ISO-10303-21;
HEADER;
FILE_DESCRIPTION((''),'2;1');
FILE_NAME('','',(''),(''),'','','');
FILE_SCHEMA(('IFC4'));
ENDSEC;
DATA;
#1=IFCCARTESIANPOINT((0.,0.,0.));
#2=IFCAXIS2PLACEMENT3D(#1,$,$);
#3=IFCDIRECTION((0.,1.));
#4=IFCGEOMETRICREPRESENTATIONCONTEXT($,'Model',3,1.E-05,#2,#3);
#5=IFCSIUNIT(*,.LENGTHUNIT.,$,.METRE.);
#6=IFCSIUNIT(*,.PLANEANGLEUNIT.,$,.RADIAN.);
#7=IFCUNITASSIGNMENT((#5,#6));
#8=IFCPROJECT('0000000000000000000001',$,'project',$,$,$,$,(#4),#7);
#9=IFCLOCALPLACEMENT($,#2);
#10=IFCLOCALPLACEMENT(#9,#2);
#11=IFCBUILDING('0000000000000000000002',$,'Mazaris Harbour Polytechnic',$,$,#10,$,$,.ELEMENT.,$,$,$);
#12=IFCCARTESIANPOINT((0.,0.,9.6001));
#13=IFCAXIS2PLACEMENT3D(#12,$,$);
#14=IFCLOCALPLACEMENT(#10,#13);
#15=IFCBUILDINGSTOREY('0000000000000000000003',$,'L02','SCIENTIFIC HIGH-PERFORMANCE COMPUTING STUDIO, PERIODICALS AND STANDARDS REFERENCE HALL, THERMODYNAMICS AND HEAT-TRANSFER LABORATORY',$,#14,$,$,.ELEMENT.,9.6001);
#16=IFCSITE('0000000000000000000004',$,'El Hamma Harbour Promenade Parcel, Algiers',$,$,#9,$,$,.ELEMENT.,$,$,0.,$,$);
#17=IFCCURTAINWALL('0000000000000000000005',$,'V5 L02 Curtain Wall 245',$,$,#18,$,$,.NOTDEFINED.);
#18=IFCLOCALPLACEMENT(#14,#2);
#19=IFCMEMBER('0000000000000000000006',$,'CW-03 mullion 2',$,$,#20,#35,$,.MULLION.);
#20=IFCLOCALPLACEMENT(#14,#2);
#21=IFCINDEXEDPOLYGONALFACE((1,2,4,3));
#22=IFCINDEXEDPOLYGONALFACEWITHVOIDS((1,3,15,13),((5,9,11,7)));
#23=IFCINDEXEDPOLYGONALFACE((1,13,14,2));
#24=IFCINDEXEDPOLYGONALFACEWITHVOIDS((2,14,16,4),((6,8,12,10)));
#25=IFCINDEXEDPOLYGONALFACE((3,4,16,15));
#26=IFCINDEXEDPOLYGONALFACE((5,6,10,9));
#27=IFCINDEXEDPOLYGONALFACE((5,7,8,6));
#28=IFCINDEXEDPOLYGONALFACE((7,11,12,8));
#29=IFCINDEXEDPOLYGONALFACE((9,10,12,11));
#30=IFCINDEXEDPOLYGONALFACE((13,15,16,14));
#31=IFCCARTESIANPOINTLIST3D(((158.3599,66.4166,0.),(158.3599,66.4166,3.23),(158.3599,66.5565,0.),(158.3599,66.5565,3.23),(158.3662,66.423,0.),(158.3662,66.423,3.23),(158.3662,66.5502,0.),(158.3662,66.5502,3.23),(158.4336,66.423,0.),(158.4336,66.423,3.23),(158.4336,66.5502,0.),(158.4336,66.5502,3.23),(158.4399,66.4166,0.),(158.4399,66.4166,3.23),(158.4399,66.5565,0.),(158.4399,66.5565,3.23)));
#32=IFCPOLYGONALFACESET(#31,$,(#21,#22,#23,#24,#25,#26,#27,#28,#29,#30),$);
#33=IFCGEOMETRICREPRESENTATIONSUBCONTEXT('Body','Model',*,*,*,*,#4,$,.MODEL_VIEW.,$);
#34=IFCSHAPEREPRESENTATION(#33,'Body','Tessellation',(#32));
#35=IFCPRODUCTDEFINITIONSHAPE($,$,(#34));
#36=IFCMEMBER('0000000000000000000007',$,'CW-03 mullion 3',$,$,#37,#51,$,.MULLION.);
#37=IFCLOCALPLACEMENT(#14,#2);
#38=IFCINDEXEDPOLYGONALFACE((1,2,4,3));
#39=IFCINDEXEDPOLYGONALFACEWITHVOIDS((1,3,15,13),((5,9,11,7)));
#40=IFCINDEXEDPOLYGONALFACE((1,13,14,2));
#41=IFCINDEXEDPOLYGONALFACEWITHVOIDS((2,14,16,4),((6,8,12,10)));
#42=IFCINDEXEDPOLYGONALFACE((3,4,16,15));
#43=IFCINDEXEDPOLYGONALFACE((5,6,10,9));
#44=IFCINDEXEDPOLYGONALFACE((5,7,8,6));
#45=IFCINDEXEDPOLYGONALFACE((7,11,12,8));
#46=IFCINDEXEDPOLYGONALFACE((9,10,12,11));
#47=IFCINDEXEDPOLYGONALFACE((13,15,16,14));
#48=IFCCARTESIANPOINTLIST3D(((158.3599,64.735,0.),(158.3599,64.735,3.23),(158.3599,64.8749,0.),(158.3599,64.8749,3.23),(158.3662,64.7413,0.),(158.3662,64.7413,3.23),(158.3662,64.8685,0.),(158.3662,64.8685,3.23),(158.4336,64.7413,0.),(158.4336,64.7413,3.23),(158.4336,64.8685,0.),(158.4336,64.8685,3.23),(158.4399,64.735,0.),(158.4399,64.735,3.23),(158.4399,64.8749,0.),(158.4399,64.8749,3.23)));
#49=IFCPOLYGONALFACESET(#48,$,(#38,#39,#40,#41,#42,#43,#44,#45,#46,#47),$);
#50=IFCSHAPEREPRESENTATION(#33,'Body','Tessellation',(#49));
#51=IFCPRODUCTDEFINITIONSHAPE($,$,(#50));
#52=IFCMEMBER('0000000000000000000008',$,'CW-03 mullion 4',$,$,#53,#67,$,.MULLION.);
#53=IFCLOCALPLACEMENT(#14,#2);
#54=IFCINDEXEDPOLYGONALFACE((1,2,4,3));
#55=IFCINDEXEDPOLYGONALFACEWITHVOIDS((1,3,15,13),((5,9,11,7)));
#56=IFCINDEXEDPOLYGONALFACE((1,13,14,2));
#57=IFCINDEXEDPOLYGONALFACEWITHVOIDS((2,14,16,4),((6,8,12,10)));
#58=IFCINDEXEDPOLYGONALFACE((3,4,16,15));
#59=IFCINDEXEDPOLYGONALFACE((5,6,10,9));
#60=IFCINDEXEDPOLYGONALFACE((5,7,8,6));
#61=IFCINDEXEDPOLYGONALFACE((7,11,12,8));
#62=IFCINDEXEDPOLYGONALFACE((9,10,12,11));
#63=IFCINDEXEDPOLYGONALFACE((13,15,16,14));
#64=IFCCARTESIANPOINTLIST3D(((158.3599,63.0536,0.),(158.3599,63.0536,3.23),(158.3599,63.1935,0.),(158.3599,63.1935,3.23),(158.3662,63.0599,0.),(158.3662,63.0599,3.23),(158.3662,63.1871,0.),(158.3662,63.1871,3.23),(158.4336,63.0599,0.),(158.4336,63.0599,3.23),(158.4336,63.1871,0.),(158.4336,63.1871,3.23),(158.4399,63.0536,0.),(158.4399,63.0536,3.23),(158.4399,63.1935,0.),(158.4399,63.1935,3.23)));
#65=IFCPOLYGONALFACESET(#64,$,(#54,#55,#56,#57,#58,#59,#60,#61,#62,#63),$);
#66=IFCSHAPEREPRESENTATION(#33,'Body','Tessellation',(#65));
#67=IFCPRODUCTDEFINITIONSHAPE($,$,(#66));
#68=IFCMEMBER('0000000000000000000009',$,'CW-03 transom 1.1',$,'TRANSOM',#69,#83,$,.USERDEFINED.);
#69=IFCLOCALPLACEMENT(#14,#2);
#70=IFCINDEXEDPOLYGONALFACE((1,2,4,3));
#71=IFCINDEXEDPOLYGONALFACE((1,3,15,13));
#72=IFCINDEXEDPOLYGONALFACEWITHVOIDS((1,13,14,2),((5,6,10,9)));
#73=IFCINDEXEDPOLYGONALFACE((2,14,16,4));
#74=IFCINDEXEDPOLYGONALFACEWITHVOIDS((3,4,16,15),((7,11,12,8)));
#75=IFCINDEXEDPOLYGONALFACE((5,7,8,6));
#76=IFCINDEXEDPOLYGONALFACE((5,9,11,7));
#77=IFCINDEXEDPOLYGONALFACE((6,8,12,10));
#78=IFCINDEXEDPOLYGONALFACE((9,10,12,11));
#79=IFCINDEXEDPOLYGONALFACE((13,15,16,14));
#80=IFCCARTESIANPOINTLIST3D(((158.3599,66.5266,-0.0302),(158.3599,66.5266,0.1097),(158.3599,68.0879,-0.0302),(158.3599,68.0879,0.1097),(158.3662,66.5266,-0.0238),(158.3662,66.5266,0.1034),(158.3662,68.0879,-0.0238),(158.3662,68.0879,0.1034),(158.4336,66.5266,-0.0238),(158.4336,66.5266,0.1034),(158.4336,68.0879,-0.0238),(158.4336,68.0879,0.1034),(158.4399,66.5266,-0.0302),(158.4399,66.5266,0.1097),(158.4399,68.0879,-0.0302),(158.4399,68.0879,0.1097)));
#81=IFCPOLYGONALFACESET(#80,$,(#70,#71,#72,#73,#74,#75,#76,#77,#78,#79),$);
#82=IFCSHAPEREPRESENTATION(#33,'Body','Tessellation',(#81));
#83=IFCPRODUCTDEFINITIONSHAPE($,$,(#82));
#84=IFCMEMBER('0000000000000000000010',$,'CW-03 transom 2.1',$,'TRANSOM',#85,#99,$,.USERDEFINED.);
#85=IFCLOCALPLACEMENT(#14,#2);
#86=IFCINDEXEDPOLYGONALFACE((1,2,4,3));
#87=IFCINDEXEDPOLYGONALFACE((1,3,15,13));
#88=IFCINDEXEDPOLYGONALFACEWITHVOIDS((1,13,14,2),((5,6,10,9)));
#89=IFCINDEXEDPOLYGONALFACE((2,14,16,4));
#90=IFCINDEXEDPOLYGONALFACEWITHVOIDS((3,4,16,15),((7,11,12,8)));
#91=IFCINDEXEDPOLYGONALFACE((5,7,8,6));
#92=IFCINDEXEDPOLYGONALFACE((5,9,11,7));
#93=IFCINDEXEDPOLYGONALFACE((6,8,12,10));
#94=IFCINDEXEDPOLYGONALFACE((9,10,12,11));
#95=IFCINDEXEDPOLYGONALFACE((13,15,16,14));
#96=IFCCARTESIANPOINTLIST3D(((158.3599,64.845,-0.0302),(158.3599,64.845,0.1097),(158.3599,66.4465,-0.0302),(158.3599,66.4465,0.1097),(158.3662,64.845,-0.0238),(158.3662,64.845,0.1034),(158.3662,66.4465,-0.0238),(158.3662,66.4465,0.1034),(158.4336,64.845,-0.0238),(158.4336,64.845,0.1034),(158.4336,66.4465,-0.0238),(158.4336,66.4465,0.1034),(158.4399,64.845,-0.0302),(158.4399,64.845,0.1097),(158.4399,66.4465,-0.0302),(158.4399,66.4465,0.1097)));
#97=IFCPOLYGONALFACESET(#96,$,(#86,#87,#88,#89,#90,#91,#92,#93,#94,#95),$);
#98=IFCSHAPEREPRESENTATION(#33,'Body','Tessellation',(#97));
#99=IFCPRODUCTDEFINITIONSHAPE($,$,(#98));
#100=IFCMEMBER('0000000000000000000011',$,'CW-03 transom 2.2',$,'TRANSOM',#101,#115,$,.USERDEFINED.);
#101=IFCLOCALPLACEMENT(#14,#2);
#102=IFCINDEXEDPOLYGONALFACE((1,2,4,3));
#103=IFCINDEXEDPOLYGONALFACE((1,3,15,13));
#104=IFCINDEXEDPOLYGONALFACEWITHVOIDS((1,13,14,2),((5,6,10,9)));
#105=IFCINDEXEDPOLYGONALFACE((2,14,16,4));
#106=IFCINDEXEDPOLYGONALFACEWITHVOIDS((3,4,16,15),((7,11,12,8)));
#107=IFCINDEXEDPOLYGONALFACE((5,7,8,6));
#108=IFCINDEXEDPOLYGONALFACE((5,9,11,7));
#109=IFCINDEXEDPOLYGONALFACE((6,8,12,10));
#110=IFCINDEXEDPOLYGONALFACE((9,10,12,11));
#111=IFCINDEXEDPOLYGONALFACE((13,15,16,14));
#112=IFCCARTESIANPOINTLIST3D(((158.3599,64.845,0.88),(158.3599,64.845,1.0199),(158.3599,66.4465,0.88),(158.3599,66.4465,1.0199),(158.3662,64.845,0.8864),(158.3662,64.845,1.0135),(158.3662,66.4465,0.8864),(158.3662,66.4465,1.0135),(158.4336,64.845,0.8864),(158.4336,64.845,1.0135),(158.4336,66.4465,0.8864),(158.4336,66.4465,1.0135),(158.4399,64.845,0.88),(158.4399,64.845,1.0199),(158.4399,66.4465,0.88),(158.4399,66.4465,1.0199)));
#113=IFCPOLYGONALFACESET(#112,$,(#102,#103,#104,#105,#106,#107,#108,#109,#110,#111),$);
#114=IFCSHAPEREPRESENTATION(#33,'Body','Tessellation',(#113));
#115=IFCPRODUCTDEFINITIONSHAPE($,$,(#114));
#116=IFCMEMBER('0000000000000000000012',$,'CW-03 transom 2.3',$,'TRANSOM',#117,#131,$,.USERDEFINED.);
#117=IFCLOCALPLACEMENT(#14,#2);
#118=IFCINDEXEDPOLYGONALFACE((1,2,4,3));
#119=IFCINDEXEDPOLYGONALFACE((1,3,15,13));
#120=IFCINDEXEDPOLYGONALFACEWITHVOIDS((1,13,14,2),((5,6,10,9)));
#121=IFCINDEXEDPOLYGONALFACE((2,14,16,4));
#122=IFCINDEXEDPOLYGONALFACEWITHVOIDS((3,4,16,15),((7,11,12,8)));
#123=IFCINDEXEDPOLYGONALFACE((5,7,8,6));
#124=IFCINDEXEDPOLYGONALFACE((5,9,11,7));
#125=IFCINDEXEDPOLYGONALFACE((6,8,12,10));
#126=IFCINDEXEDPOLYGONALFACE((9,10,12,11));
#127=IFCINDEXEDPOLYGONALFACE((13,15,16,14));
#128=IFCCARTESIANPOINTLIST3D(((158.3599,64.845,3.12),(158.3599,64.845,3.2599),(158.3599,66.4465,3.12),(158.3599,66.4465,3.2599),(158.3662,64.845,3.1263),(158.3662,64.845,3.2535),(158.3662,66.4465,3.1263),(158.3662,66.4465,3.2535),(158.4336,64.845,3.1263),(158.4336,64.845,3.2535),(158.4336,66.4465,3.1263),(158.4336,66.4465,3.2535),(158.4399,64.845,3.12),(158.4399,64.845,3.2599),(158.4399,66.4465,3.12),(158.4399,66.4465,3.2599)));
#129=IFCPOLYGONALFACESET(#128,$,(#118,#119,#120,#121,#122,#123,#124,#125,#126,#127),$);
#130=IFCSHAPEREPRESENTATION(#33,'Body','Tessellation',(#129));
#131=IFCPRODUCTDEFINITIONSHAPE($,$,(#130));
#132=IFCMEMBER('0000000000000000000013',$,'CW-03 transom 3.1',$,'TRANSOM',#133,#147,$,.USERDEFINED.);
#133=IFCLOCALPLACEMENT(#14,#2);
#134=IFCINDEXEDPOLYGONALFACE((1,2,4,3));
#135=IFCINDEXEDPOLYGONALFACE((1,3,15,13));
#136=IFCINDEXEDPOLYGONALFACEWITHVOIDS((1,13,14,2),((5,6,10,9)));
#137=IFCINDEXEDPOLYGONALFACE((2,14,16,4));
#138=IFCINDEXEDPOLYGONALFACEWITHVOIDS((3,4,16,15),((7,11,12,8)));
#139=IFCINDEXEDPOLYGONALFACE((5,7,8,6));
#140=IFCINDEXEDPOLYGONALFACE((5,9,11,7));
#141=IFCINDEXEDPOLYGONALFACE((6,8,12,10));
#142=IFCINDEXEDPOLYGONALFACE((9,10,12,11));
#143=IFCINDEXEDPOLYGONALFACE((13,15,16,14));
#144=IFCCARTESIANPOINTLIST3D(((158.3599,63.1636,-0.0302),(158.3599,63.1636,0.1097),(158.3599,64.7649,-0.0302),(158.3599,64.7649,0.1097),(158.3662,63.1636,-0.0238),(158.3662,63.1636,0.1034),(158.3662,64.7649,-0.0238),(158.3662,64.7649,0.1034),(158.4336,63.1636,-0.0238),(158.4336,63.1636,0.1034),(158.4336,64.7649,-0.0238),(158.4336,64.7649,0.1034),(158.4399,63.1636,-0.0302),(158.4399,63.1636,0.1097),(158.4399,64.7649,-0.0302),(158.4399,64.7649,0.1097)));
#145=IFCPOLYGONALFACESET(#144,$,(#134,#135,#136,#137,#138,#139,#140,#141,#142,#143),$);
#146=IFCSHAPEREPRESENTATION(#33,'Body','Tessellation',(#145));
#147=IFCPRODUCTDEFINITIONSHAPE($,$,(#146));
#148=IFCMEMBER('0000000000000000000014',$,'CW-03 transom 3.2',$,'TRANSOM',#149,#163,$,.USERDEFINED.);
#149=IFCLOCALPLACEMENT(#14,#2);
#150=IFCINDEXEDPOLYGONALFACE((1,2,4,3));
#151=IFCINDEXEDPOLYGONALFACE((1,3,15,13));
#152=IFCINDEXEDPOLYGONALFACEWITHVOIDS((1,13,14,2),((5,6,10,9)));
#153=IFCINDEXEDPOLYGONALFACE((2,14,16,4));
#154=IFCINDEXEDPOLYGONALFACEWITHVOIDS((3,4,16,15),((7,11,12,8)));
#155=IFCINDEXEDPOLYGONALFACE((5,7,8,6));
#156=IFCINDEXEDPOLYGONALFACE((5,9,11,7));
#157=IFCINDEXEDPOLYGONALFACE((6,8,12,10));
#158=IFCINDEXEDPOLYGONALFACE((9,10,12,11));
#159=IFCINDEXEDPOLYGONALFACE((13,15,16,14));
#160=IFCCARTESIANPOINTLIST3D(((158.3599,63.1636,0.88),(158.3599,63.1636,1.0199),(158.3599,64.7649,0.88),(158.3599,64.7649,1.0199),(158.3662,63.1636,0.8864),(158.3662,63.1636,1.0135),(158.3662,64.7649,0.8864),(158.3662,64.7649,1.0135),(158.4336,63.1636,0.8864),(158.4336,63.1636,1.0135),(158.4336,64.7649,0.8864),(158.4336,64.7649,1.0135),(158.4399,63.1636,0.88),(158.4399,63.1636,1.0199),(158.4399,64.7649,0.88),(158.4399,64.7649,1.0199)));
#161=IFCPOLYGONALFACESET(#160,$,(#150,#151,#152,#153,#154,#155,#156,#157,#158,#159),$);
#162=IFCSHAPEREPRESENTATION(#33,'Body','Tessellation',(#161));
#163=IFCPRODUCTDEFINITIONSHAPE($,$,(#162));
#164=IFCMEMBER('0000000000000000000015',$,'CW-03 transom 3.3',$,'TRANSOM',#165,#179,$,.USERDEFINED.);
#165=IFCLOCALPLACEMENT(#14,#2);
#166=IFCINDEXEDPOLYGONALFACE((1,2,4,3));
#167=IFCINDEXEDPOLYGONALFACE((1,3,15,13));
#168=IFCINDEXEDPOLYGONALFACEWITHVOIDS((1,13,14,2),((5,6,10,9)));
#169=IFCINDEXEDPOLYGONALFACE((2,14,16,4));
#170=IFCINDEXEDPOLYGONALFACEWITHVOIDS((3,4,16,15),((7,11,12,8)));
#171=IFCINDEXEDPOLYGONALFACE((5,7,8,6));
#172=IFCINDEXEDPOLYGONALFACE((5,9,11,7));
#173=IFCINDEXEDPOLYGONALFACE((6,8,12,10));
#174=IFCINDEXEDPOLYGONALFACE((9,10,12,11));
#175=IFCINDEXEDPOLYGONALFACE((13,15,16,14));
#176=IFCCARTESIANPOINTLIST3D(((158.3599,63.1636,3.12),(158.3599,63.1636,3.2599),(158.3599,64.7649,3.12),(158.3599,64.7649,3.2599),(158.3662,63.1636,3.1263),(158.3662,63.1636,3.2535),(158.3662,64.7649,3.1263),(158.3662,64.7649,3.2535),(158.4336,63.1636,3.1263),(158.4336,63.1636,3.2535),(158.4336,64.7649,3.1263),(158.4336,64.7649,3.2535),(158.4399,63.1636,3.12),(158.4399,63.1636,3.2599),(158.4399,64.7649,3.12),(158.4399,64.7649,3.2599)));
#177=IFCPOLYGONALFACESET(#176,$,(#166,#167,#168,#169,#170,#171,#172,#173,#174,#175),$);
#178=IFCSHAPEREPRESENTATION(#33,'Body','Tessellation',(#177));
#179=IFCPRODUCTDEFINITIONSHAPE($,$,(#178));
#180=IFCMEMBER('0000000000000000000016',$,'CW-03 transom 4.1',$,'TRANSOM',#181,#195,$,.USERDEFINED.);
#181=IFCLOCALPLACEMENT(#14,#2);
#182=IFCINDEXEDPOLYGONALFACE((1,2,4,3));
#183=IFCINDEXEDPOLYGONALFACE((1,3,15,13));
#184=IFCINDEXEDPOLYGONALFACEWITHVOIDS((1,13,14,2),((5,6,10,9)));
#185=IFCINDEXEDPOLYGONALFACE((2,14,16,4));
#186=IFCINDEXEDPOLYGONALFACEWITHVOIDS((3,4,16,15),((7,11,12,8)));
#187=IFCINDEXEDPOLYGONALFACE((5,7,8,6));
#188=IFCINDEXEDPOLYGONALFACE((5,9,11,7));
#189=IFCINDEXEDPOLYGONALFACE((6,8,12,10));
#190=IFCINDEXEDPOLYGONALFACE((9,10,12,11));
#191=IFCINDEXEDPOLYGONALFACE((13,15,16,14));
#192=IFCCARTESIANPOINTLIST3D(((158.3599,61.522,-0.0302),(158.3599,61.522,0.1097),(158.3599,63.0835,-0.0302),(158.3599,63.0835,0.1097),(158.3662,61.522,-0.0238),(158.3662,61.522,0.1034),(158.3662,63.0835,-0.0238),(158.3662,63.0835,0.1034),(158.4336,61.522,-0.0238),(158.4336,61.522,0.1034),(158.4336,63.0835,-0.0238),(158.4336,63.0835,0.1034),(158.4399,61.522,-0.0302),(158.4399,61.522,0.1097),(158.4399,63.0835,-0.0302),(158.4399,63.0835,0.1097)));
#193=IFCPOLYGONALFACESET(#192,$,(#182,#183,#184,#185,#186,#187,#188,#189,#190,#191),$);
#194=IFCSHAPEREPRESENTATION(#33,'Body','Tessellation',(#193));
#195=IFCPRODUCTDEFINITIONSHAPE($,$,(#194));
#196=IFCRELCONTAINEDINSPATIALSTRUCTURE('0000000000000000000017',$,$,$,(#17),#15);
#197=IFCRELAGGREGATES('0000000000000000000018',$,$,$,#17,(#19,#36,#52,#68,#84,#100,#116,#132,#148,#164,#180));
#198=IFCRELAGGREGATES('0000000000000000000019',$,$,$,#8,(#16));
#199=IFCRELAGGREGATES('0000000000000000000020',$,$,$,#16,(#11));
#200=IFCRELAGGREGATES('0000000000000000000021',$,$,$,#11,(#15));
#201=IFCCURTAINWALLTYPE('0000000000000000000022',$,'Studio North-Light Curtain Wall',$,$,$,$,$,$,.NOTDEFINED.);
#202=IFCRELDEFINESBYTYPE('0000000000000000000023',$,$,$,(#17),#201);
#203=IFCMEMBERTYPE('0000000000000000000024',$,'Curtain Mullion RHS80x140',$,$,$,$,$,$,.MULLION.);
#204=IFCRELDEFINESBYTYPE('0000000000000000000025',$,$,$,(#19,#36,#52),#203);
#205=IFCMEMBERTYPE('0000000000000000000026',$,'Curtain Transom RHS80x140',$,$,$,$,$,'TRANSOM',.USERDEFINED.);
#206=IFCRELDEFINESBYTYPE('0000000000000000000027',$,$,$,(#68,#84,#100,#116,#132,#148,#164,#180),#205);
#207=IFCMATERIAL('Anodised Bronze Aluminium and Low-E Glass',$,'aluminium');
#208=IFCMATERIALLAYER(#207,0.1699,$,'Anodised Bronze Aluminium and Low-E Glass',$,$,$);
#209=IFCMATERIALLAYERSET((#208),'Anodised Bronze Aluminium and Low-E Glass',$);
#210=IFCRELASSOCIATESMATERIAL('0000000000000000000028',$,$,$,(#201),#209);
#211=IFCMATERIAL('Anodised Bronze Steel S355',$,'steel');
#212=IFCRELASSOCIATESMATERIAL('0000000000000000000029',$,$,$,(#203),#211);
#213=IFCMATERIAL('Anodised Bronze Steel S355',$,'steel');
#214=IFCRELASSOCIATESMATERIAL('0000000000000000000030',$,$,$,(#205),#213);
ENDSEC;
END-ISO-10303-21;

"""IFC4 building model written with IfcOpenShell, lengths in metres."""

from ifc_helpers import new_model, si_unit, direction, frame, origin, origin_2d, place, context, subcontext, project, spatial, hollow_rectangle, extrude, material, layer, layer_set, material_profile, profile_set, type_object, element, aggregate, save


model = new_model("IFC4")

# Units and contexts
model_context = context("Model", 3, precision=1e-05, world=origin(), true_north=direction((0.0, 1.0)))
body_context = subcontext(model_context, "Body", "Model", "MODEL_VIEW")
ifc_project = project(units=[si_unit("LENGTHUNIT", "METRE"), si_unit("PLANEANGLEUNIT", "RADIAN")], contexts=[model_context])

# Site, building, storey
site_placement = place(None, origin())
site = spatial("IfcSite", under=ifc_project, at=site_placement, Name="El Hamma Harbour Promenade Parcel, Algiers", CompositionType="ELEMENT", RefElevation=0.0)
building_placement = place(site_placement, origin())
building = spatial("IfcBuilding", under=site, at=building_placement, Name="Mazaris Harbour Polytechnic", CompositionType="ELEMENT")
storey_placement = place(building_placement, frame((0.0, 0.0, 9.6001)))
storey = spatial("IfcBuildingStorey", under=building, at=storey_placement, Name="L02", Description="SCIENTIFIC HIGH-PERFORMANCE COMPUTING STUDIO, PERIODICALS AND STANDARDS REFERENCE HALL, THERMODYNAMICS AND HEAT-TRANSFER LABORATORY", CompositionType="ELEMENT", Elevation=9.6001)

# Curtain wall, members
ifc_material_1 = material(Name="Anodised Bronze Aluminium and Low-E Glass", Category="aluminium")
ifc_layer_1 = layer(ifc_material_1, 0.1699, Name="Anodised Bronze Aluminium and Low-E Glass")
ifc_layer_set_1 = layer_set([ifc_layer_1], Name="Anodised Bronze Aluminium and Low-E Glass")
curtain_wall_type = type_object("IfcCurtainWallType", Name="Studio North-Light Curtain Wall", PredefinedType="NOTDEFINED", material=ifc_layer_set_1)
curtain_wall_placement = place(storey_placement, origin())
curtain_wall = element("IfcCurtainWall", 1, at=curtain_wall_placement, inside=storey, type_object=curtain_wall_type, Name="V5 L02 Curtain Wall 245", PredefinedType="NOTDEFINED")
ifc_material_2 = material(Name="Anodised Bronze Steel S355", Category="steel")
ifc_material_profile_1 = material_profile(ifc_material_2, hollow_rectangle(XDim=0.0801, YDim=0.1399, WallThickness=0.0063, at=origin_2d()), Name="RHS 80x140x6.3")
ifc_profile_set_1 = profile_set([ifc_material_profile_1], Name="Anodised Bronze Steel S355")
member_type_1 = type_object("IfcMemberType", Name="Curtain Mullion RHS80x140", PredefinedType="MULLION", material=ifc_profile_set_1)
member_1_placement = place(storey_placement, frame((158.3999, 66.4866, 0.0), z_axis=(0.0, 0.0, 1.0), x_axis=(1.0, 0.0, 0.0)))
member_1 = element("IfcMember", 2, at=member_1_placement, type_object=member_type_1, Name="CW-03 mullion 2", PredefinedType="MULLION", context=body_context, shape_type="SweptSolid", body=[
    extrude(hollow_rectangle(XDim=0.0801, YDim=0.1399, WallThickness=0.0063, at=origin_2d()), origin(), (0.0, 0.0, 1.0), 3.23),
])
member_2_placement = place(storey_placement, frame((158.3999, 64.8049, 0.0), z_axis=(0.0, 0.0, 1.0), x_axis=(1.0, 0.0, 0.0)))
member_2 = element("IfcMember", 3, at=member_2_placement, type_object=member_type_1, Name="CW-03 mullion 3", PredefinedType="MULLION", context=body_context, shape_type="SweptSolid", body=[
    extrude(hollow_rectangle(XDim=0.0801, YDim=0.1399, WallThickness=0.0063, at=origin_2d()), origin(), (0.0, 0.0, 1.0), 3.23),
])
member_3_placement = place(storey_placement, frame((158.3999, 63.1235, 0.0), z_axis=(0.0, 0.0, 1.0), x_axis=(1.0, 0.0, 0.0)))
member_3 = element("IfcMember", 4, at=member_3_placement, type_object=member_type_1, Name="CW-03 mullion 4", PredefinedType="MULLION", context=body_context, shape_type="SweptSolid", body=[
    extrude(hollow_rectangle(XDim=0.0801, YDim=0.1399, WallThickness=0.0063, at=origin_2d()), origin(), (0.0, 0.0, 1.0), 3.23),
])
ifc_material_3 = material(Name="Anodised Bronze Steel S355", Category="steel")
ifc_material_profile_2 = material_profile(ifc_material_3, hollow_rectangle(XDim=0.0801, YDim=0.1399, WallThickness=0.0063, at=origin_2d()), Name="RHS 80x140x6.3")
ifc_profile_set_2 = profile_set([ifc_material_profile_2], Name="Anodised Bronze Steel S355")
member_type_2 = type_object("IfcMemberType", Name="Curtain Transom RHS80x140", ElementType="TRANSOM", PredefinedType="USERDEFINED", material=ifc_profile_set_2)
member_4_placement = place(storey_placement, frame((158.3999, 68.0879, 0.0398), z_axis=(0.0, -1.0, 0.0), x_axis=(1.0, 0.0, 0.0)))
member_4 = element("IfcMember", 5, at=member_4_placement, type_object=member_type_2, Name="CW-03 transom 1.1", ObjectType="TRANSOM", PredefinedType="USERDEFINED", context=body_context, shape_type="SweptSolid", body=[
    extrude(hollow_rectangle(XDim=0.0801, YDim=0.1399, WallThickness=0.0063, at=origin_2d()), origin(), (0.0, 0.0, 1.0), 1.5613),
])
member_5_placement = place(storey_placement, frame((158.3999, 66.4465, 0.0398), z_axis=(0.0, -1.0, 0.0), x_axis=(1.0, 0.0, 0.0)))
member_5 = element("IfcMember", 6, at=member_5_placement, type_object=member_type_2, Name="CW-03 transom 2.1", ObjectType="TRANSOM", PredefinedType="USERDEFINED", context=body_context, shape_type="SweptSolid", body=[
    extrude(hollow_rectangle(XDim=0.0801, YDim=0.1399, WallThickness=0.0063, at=origin_2d()), origin(), (0.0, 0.0, 1.0), 1.6016),
])
member_6_placement = place(storey_placement, frame((158.3999, 66.4465, 0.95), z_axis=(0.0, -1.0, 0.0), x_axis=(1.0, 0.0, 0.0)))
member_6 = element("IfcMember", 7, at=member_6_placement, type_object=member_type_2, Name="CW-03 transom 2.2", ObjectType="TRANSOM", PredefinedType="USERDEFINED", context=body_context, shape_type="SweptSolid", body=[
    extrude(hollow_rectangle(XDim=0.0801, YDim=0.1399, WallThickness=0.0063, at=origin_2d()), origin(), (0.0, 0.0, 1.0), 1.6016),
])
member_7_placement = place(storey_placement, frame((158.3999, 66.4465, 3.1899), z_axis=(0.0, -1.0, 0.0), x_axis=(1.0, 0.0, 0.0)))
member_7 = element("IfcMember", 8, at=member_7_placement, type_object=member_type_2, Name="CW-03 transom 2.3", ObjectType="TRANSOM", PredefinedType="USERDEFINED", context=body_context, shape_type="SweptSolid", body=[
    extrude(hollow_rectangle(XDim=0.0801, YDim=0.1399, WallThickness=0.0063, at=origin_2d()), origin(), (0.0, 0.0, 1.0), 1.6016),
])
member_8_placement = place(storey_placement, frame((158.3999, 64.7649, 0.0398), z_axis=(0.0, -1.0, 0.0), x_axis=(1.0, 0.0, 0.0)))
member_8 = element("IfcMember", 9, at=member_8_placement, type_object=member_type_2, Name="CW-03 transom 3.1", ObjectType="TRANSOM", PredefinedType="USERDEFINED", context=body_context, shape_type="SweptSolid", body=[
    extrude(hollow_rectangle(XDim=0.0801, YDim=0.1399, WallThickness=0.0063, at=origin_2d()), origin(), (0.0, 0.0, 1.0), 1.6013),
])
member_9_placement = place(storey_placement, frame((158.3999, 64.7649, 0.95), z_axis=(0.0, -1.0, 0.0), x_axis=(1.0, 0.0, 0.0)))
member_9 = element("IfcMember", 10, at=member_9_placement, type_object=member_type_2, Name="CW-03 transom 3.2", ObjectType="TRANSOM", PredefinedType="USERDEFINED", context=body_context, shape_type="SweptSolid", body=[
    extrude(hollow_rectangle(XDim=0.0801, YDim=0.1399, WallThickness=0.0063, at=origin_2d()), origin(), (0.0, 0.0, 1.0), 1.6013),
])
member_10_placement = place(storey_placement, frame((158.3999, 64.7649, 3.1899), z_axis=(0.0, -1.0, 0.0), x_axis=(1.0, 0.0, 0.0)))
member_10 = element("IfcMember", 11, at=member_10_placement, type_object=member_type_2, Name="CW-03 transom 3.3", ObjectType="TRANSOM", PredefinedType="USERDEFINED", context=body_context, shape_type="SweptSolid", body=[
    extrude(hollow_rectangle(XDim=0.0801, YDim=0.1399, WallThickness=0.0063, at=origin_2d()), origin(), (0.0, 0.0, 1.0), 1.6013),
])
member_11_placement = place(storey_placement, frame((158.3999, 63.0835, 0.0398), z_axis=(0.0, -1.0, 0.0), x_axis=(1.0, 0.0, 0.0)))
member_11 = element("IfcMember", 12, at=member_11_placement, type_object=member_type_2, Name="CW-03 transom 4.1", ObjectType="TRANSOM", PredefinedType="USERDEFINED", context=body_context, shape_type="SweptSolid", body=[
    extrude(hollow_rectangle(XDim=0.0801, YDim=0.1399, WallThickness=0.0063, at=origin_2d()), origin(), (0.0, 0.0, 1.0), 1.5615),
])
aggregate(curtain_wall, [member_1, member_2, member_3, member_4, member_5, member_6, member_7, member_8, member_9, member_10, member_11])

save(model, "model.ifc")
